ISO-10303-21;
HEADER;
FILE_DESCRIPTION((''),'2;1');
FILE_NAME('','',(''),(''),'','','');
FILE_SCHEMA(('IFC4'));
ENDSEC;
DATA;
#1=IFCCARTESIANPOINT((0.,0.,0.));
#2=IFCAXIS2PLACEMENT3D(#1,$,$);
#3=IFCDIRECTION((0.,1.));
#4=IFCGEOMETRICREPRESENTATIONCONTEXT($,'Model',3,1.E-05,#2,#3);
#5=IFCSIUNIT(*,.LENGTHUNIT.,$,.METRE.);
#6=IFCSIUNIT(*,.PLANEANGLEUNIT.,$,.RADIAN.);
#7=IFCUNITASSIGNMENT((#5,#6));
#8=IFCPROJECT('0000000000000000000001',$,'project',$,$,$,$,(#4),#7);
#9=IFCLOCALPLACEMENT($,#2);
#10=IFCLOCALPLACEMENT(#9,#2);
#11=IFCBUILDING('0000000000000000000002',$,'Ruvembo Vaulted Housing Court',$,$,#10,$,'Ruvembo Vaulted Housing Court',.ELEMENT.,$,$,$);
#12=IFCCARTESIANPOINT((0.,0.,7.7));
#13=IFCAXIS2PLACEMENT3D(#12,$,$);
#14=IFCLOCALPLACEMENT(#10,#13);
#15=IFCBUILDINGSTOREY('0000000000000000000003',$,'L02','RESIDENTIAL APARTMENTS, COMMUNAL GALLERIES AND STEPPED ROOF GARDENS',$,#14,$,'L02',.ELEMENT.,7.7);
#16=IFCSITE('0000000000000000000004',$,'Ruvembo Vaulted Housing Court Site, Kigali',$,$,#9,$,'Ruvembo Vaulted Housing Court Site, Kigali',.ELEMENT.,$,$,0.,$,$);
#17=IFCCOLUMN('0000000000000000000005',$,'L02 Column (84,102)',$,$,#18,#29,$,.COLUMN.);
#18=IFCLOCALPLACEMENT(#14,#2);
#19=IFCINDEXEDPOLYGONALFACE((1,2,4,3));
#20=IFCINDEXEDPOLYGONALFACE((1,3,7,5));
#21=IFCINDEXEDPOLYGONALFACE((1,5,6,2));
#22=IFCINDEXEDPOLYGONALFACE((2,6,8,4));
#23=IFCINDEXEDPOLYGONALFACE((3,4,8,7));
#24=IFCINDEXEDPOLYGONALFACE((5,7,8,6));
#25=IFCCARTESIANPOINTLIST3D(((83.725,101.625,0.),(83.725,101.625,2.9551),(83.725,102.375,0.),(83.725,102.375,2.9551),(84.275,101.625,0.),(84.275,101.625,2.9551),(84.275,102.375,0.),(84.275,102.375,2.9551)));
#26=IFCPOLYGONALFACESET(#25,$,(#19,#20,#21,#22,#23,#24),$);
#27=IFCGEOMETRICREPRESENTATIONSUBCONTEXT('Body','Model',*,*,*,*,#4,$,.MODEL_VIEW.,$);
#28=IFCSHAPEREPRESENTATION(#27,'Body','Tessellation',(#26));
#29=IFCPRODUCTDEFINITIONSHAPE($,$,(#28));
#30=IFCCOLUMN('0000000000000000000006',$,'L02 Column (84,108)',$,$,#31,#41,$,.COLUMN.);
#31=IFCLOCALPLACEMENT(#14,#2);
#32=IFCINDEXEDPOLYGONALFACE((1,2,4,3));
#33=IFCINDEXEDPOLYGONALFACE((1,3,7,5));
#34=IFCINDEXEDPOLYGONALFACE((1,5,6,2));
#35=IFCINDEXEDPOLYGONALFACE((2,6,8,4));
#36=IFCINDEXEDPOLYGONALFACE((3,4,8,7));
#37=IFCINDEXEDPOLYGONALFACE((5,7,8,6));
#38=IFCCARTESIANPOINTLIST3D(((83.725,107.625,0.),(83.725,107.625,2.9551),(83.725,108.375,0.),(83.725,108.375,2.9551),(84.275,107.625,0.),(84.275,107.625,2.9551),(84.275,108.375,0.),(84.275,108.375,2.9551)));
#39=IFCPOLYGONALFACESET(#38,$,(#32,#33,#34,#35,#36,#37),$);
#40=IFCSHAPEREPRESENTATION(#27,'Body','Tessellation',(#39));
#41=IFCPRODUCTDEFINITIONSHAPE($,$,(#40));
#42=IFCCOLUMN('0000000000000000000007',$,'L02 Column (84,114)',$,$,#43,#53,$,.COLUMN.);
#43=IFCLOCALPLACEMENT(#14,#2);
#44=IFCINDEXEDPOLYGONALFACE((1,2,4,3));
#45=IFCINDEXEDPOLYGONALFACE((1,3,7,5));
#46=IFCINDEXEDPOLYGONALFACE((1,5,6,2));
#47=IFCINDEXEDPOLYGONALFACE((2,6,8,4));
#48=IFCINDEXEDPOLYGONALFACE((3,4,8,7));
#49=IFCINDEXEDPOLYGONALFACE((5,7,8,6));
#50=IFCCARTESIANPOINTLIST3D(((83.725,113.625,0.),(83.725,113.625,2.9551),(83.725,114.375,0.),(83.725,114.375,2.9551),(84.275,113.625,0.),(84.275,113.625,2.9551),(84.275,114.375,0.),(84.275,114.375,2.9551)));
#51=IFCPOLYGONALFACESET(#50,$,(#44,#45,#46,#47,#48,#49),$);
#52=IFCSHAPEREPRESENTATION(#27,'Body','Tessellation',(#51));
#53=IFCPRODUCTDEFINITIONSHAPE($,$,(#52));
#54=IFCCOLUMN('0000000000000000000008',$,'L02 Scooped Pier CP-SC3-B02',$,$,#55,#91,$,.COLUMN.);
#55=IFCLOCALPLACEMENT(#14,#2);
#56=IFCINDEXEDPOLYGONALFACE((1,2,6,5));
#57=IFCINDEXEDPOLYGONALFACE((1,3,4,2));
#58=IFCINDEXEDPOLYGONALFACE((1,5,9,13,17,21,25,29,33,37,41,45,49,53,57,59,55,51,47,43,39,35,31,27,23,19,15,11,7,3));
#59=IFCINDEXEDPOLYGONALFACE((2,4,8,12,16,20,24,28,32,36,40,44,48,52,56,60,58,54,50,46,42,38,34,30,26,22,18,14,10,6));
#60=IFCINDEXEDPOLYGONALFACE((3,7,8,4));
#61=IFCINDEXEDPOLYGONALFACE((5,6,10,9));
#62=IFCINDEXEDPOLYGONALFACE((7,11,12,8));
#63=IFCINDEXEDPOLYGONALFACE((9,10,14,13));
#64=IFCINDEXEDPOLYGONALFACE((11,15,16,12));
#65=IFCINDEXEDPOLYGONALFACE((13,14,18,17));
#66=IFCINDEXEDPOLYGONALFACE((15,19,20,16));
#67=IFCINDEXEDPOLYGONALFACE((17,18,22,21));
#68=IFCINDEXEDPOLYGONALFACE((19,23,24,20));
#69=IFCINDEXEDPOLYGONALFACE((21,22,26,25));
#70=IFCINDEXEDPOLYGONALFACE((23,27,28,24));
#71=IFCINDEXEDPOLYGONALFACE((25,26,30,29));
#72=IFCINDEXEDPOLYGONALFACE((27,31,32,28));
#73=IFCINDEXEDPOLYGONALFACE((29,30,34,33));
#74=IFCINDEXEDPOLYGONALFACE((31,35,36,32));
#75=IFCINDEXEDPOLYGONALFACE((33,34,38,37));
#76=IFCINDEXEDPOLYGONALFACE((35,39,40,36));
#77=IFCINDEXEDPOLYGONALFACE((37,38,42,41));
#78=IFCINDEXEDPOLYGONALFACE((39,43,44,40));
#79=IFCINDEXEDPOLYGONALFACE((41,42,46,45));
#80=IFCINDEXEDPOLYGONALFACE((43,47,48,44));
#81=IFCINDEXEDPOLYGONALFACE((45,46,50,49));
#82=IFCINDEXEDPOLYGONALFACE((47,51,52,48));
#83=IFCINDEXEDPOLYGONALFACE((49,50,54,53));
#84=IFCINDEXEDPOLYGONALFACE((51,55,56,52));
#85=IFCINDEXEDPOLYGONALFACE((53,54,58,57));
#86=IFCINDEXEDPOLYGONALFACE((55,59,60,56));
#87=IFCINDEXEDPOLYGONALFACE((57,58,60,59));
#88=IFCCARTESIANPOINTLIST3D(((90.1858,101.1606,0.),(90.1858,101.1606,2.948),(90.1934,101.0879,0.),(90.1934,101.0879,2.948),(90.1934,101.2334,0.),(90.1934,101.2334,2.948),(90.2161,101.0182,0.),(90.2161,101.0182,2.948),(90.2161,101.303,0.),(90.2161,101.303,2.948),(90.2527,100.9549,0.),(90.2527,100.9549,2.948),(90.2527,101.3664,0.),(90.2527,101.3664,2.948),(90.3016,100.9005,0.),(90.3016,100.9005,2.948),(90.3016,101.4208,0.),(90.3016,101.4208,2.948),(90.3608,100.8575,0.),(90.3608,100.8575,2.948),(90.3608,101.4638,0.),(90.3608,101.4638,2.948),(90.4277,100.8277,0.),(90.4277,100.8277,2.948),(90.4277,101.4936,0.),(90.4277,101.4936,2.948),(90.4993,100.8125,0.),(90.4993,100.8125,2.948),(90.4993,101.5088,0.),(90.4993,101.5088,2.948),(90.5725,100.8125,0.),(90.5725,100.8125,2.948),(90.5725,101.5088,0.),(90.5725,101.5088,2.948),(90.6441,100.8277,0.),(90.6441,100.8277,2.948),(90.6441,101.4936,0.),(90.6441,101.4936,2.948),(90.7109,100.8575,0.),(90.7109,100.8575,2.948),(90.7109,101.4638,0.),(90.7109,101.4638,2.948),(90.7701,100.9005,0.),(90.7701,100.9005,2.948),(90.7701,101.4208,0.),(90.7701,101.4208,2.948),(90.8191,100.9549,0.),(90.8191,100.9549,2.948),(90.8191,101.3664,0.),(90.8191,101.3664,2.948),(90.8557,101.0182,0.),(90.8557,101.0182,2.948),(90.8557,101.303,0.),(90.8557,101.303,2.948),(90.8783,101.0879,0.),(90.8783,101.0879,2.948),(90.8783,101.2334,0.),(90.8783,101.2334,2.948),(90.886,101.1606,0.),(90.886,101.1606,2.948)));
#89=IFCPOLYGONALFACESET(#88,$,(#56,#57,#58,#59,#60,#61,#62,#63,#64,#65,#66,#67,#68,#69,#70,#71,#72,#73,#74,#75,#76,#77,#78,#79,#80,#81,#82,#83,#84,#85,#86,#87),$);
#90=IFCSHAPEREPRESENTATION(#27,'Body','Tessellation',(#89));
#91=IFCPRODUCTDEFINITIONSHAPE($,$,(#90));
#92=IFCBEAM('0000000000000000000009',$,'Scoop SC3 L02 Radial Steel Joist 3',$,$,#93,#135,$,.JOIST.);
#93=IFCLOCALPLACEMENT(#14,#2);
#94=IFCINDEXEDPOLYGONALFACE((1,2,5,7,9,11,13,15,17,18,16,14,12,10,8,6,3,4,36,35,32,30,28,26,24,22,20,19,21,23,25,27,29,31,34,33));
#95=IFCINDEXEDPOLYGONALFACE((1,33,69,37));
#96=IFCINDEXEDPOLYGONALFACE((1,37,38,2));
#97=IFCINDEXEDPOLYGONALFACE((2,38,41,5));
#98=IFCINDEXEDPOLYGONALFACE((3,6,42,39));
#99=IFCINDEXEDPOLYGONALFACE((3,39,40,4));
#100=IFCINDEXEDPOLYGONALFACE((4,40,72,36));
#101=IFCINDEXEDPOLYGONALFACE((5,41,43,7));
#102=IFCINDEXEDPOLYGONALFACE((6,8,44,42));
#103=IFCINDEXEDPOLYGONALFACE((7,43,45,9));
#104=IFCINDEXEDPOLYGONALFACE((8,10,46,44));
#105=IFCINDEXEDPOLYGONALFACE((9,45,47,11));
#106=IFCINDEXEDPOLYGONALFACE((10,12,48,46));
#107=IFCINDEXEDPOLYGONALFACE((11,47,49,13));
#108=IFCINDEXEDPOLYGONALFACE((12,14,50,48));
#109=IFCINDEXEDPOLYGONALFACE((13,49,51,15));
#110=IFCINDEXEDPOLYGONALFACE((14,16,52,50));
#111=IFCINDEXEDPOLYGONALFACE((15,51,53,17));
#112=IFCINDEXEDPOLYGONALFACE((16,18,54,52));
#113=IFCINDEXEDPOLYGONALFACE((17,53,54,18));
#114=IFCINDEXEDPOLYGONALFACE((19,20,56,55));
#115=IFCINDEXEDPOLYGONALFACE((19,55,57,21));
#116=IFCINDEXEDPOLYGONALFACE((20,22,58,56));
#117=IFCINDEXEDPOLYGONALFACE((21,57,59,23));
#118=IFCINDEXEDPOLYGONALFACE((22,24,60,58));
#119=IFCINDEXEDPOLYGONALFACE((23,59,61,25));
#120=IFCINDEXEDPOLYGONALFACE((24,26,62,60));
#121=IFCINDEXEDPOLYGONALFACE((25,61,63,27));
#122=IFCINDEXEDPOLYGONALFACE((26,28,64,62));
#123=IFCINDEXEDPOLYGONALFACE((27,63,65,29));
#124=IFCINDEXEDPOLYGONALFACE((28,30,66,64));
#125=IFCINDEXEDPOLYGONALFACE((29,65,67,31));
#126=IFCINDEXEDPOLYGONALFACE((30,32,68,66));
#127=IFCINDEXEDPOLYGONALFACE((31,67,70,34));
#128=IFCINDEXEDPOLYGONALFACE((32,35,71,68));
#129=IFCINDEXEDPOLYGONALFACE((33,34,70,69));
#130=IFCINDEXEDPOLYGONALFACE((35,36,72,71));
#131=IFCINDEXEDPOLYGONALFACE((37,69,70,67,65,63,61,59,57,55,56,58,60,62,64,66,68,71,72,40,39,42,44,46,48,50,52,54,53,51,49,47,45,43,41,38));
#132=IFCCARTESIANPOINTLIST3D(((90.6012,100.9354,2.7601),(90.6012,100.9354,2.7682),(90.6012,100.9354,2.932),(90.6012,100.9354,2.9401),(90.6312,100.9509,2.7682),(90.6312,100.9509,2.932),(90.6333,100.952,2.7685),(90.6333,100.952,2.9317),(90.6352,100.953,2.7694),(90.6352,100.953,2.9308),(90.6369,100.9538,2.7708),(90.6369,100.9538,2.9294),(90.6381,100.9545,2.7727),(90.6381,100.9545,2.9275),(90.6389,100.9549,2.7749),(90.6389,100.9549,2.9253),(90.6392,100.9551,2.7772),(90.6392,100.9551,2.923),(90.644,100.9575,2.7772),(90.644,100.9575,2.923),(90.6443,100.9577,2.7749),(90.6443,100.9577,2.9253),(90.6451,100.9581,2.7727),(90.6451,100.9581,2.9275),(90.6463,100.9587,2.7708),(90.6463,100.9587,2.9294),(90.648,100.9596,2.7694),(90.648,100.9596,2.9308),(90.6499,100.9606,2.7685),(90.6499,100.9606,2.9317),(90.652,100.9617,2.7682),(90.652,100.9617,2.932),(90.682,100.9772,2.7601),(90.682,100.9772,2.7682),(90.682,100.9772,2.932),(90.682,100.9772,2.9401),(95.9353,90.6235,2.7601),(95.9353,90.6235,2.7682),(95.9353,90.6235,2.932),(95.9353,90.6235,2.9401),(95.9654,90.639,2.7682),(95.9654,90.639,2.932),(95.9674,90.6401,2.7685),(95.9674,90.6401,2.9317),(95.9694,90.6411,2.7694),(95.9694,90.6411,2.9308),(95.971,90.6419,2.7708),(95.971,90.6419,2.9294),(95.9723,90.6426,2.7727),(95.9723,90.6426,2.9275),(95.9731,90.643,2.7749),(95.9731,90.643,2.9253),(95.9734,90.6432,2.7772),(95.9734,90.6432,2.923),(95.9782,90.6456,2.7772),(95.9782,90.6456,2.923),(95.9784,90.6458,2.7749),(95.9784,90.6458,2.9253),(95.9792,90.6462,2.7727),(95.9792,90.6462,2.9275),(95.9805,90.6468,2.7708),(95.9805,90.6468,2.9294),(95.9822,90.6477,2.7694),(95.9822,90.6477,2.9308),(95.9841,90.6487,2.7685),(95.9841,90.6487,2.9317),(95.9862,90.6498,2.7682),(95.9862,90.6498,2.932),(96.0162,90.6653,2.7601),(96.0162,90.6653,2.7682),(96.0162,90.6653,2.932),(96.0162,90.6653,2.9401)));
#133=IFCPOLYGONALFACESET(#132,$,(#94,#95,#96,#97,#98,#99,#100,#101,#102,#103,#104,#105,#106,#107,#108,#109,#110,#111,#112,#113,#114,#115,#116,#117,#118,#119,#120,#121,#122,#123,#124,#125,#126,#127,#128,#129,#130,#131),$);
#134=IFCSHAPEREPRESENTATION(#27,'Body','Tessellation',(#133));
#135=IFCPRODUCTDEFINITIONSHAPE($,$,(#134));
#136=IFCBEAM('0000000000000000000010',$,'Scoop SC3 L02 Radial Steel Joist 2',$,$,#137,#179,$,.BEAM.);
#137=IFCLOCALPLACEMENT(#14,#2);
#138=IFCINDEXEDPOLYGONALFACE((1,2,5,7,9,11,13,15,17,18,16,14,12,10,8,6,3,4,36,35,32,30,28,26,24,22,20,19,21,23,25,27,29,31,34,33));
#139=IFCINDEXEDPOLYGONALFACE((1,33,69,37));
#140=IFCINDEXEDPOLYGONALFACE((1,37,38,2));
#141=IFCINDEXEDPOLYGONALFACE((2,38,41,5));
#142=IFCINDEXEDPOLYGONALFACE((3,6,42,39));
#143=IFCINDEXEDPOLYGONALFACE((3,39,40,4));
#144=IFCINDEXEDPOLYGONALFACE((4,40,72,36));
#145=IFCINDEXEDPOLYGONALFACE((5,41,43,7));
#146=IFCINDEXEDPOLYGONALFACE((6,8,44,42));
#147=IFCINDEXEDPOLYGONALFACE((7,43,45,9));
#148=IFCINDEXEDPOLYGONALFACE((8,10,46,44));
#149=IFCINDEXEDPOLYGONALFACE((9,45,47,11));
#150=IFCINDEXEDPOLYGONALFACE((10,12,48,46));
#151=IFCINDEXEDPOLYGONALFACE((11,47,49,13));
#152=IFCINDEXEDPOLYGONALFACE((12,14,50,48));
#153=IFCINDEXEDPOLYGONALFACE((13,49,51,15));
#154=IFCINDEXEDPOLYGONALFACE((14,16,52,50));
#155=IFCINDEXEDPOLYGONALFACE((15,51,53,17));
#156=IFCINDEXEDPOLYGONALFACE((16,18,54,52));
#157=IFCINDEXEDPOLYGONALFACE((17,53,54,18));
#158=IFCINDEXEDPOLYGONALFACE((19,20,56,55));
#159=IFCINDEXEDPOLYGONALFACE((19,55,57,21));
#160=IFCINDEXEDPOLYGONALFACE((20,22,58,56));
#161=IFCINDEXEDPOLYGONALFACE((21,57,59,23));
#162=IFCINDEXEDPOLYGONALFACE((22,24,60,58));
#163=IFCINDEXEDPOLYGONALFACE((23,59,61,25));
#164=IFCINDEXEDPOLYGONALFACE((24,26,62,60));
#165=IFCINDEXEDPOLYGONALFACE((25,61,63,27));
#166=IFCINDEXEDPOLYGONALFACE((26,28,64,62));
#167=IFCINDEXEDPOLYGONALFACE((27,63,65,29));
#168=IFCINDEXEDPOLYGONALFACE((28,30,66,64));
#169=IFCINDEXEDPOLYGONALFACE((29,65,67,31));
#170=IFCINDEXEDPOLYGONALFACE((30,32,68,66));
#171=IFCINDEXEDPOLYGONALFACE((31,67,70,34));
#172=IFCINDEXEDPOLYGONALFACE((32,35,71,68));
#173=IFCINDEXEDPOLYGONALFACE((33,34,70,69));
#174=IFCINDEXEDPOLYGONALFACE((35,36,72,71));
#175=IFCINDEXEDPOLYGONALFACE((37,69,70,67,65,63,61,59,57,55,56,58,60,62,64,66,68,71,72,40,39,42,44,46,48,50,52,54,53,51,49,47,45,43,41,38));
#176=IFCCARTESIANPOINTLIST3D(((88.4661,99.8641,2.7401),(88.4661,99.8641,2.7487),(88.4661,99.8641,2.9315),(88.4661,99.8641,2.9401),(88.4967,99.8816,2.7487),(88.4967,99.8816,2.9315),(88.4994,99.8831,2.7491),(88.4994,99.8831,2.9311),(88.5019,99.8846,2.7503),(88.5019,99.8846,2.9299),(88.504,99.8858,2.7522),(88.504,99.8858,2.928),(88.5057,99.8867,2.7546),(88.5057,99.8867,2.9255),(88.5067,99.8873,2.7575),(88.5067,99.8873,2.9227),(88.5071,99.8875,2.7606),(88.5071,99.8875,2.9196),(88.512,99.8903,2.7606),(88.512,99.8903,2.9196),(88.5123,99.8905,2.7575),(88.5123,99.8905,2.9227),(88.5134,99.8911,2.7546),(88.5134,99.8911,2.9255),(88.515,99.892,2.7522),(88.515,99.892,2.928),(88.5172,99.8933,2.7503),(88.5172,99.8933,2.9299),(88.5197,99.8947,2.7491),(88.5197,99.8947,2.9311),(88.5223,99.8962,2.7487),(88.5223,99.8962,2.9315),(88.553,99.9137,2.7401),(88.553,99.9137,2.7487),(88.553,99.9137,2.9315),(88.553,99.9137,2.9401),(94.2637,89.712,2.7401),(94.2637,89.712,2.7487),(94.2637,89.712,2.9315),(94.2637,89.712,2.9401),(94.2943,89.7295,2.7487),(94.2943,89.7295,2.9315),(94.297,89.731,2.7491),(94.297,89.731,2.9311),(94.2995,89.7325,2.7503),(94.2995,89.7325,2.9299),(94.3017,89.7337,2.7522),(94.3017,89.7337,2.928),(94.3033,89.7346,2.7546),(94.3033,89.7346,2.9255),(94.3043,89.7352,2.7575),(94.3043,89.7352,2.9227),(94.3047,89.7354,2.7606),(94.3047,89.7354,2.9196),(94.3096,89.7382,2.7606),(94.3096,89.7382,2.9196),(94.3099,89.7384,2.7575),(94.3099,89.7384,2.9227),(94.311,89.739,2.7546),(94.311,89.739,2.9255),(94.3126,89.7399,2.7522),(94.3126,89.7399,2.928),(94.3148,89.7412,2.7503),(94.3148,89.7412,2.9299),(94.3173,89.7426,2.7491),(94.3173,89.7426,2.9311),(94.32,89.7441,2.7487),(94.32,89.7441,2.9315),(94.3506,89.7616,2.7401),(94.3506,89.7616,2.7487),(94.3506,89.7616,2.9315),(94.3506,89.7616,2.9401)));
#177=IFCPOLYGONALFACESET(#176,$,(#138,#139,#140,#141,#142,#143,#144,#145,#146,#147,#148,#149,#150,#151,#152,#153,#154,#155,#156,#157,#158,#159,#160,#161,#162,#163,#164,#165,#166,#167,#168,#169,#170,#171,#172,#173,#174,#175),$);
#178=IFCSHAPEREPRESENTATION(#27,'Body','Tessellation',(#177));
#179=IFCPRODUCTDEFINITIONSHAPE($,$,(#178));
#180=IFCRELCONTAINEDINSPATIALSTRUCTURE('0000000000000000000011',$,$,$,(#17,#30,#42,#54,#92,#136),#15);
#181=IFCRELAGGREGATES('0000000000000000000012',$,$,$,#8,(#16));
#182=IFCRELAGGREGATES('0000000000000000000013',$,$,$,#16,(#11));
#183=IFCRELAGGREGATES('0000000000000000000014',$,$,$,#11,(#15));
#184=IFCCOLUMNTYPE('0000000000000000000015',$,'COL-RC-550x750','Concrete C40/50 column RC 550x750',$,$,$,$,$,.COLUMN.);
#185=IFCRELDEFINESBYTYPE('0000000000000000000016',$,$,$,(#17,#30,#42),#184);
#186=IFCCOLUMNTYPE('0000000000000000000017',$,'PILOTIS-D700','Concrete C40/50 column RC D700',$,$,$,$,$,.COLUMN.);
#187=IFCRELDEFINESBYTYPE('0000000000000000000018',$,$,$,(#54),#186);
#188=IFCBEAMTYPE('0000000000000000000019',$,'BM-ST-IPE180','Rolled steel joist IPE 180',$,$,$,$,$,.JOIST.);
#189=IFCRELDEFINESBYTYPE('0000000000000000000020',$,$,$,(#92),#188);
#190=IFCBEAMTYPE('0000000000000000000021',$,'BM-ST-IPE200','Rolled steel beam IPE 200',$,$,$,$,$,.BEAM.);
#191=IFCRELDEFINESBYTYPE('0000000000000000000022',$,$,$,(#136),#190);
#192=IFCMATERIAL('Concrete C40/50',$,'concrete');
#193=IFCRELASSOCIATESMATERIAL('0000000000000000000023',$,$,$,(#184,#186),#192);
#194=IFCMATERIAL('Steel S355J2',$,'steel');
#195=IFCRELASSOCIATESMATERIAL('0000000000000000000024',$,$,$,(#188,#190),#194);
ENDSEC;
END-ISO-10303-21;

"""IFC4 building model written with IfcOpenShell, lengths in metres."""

from ifc_helpers import new_model, si_unit, direction, frame, origin, origin_2d, place, context, subcontext, project, spatial, rectangle, circle, i_section, extrude, material, material_profile, profile_set, type_object, element, save


model = new_model("IFC4")

# Units and contexts
model_context = context("Model", 3, precision=1e-05, world=origin(), true_north=direction((0.0, 1.0)))
body_context = subcontext(model_context, "Body", "Model", "MODEL_VIEW")
ifc_project = project(units=[si_unit("LENGTHUNIT", "METRE"), si_unit("PLANEANGLEUNIT", "RADIAN")], contexts=[model_context])

# Site, building, storey
site_placement = place(None, origin())
site = spatial("IfcSite", under=ifc_project, at=site_placement, Name="Ruvembo Vaulted Housing Court Site, Kigali", LongName="Ruvembo Vaulted Housing Court Site, Kigali", CompositionType="ELEMENT", RefElevation=0.0)
building_placement = place(site_placement, origin())
building = spatial("IfcBuilding", under=site, at=building_placement, Name="Ruvembo Vaulted Housing Court", LongName="Ruvembo Vaulted Housing Court", CompositionType="ELEMENT")
storey_placement = place(building_placement, frame((0.0, 0.0, 7.7)))
storey = spatial("IfcBuildingStorey", under=building, at=storey_placement, Name="L02", Description="RESIDENTIAL APARTMENTS, COMMUNAL GALLERIES AND STEPPED ROOF GARDENS", LongName="L02", CompositionType="ELEMENT", Elevation=7.7)

# Columns
ifc_material_1 = material(Name="Concrete C40/50", Category="concrete")
ifc_material_profile_1 = material_profile(ifc_material_1, rectangle(XDim=0.55, YDim=0.75, at=origin_2d()), Name="RC 550x750")
ifc_profile_set_1 = profile_set([ifc_material_profile_1], Name="Concrete C40/50")
column_type_1 = type_object("IfcColumnType", Name="COL-RC-550x750", Description="Concrete C40/50 column RC 550x750", PredefinedType="COLUMN", material=ifc_profile_set_1)
for number, where, z_axis, x_axis, name in (
    (1, (84.0, 102.0, 0.0), (0.0, 0.0, 1.0), (1.0, 0.0, 0.0), "L02 Column (84,102)"),
    (2, (84.0, 108.0, 0.0), (0.0, 0.0, 1.0), (1.0, 0.0, 0.0), "L02 Column (84,108)"),
    (3, (84.0, 114.0, 0.0), (0.0, 0.0, 1.0), (1.0, 0.0, 0.0), "L02 Column (84,114)"),
):
    element("IfcColumn", number, at=place(storey_placement, frame(where, z_axis=z_axis, x_axis=x_axis)), inside=storey, type_object=column_type_1, Name=name, PredefinedType="COLUMN", context=body_context, shape_type="SweptSolid", body=[
        extrude(rectangle(XDim=0.55, YDim=0.75, at=origin_2d()), origin(), (0.0, 0.0, 1.0), 2.9551),
    ])
ifc_material_profile_2 = material_profile(ifc_material_1, circle(Radius=0.3501, at=origin_2d()), Name="RC D700")
ifc_profile_set_2 = profile_set([ifc_material_profile_2], Name="Concrete C40/50")
column_type_2 = type_object("IfcColumnType", Name="PILOTIS-D700", Description="Concrete C40/50 column RC D700", PredefinedType="COLUMN", material=ifc_profile_set_2)
column_placement = place(storey_placement, frame((90.5359, 101.1606, 0.0), z_axis=(0.0, 0.0, 1.0), x_axis=(1.0, 0.0, 0.0)))
element("IfcColumn", 4, at=column_placement, inside=storey, type_object=column_type_2, Name="L02 Scooped Pier CP-SC3-B02", PredefinedType="COLUMN", context=body_context, shape_type="SweptSolid", body=[
    extrude(circle(Radius=0.3501, at=origin_2d()), origin(), (0.0, 0.0, 1.0), 2.948),
])

# Beams
ifc_material_2 = material(Name="Steel S355J2", Category="steel")
ifc_material_profile_3 = material_profile(ifc_material_2, i_section(OverallWidth=0.0911, OverallDepth=0.1799, WebThickness=0.0054, FlangeThickness=0.0081, FilletRadius=0.009, at=origin_2d()), Name="IPE 180")
ifc_profile_set_3 = profile_set([ifc_material_profile_3], Name="Steel S355J2")
beam_type_1 = type_object("IfcBeamType", Name="BM-ST-IPE180", Description="Rolled steel joist IPE 180", PredefinedType="JOIST", material=ifc_profile_set_3)
beam_1_placement = place(storey_placement, frame((90.6416, 100.9563, 2.8501), z_axis=(0.459452, -0.888203, 0.0), x_axis=(0.888203, 0.459452, 0.0)))
element("IfcBeam", 5, at=beam_1_placement, inside=storey, type_object=beam_type_1, Name="Scoop SC3 L02 Radial Steel Joist 3", PredefinedType="JOIST", context=body_context, shape_type="SweptSolid", body=[
    extrude(i_section(OverallWidth=0.0911, OverallDepth=0.1799, WebThickness=0.0054, FlangeThickness=0.0081, FilletRadius=0.009, at=origin_2d()), origin(), (0.0, 0.0, 1.0), 11.6099),
])
ifc_material_profile_4 = material_profile(ifc_material_2, i_section(OverallWidth=0.1001, OverallDepth=0.2, WebThickness=0.0056, FlangeThickness=0.0085, FilletRadius=0.012, at=origin_2d()), Name="IPE 200")
ifc_profile_set_4 = profile_set([ifc_material_profile_4], Name="Steel S355J2")
beam_type_2 = type_object("IfcBeamType", Name="BM-ST-IPE200", Description="Rolled steel beam IPE 200", PredefinedType="BEAM", material=ifc_profile_set_4)
beam_2_placement = place(storey_placement, frame((88.5095, 99.8889, 2.8401), z_axis=(0.495907, -0.868375, 0.0), x_axis=(0.868375, 0.495907, 0.0)))
element("IfcBeam", 6, at=beam_2_placement, inside=storey, type_object=beam_type_2, Name="Scoop SC3 L02 Radial Steel Joist 2", PredefinedType="BEAM", context=body_context, shape_type="SweptSolid", body=[
    extrude(i_section(OverallWidth=0.1001, OverallDepth=0.2, WebThickness=0.0056, FlangeThickness=0.0085, FilletRadius=0.012, at=origin_2d()), origin(), (0.0, 0.0, 1.0), 11.6909),
])

save(model, "model.ifc")
